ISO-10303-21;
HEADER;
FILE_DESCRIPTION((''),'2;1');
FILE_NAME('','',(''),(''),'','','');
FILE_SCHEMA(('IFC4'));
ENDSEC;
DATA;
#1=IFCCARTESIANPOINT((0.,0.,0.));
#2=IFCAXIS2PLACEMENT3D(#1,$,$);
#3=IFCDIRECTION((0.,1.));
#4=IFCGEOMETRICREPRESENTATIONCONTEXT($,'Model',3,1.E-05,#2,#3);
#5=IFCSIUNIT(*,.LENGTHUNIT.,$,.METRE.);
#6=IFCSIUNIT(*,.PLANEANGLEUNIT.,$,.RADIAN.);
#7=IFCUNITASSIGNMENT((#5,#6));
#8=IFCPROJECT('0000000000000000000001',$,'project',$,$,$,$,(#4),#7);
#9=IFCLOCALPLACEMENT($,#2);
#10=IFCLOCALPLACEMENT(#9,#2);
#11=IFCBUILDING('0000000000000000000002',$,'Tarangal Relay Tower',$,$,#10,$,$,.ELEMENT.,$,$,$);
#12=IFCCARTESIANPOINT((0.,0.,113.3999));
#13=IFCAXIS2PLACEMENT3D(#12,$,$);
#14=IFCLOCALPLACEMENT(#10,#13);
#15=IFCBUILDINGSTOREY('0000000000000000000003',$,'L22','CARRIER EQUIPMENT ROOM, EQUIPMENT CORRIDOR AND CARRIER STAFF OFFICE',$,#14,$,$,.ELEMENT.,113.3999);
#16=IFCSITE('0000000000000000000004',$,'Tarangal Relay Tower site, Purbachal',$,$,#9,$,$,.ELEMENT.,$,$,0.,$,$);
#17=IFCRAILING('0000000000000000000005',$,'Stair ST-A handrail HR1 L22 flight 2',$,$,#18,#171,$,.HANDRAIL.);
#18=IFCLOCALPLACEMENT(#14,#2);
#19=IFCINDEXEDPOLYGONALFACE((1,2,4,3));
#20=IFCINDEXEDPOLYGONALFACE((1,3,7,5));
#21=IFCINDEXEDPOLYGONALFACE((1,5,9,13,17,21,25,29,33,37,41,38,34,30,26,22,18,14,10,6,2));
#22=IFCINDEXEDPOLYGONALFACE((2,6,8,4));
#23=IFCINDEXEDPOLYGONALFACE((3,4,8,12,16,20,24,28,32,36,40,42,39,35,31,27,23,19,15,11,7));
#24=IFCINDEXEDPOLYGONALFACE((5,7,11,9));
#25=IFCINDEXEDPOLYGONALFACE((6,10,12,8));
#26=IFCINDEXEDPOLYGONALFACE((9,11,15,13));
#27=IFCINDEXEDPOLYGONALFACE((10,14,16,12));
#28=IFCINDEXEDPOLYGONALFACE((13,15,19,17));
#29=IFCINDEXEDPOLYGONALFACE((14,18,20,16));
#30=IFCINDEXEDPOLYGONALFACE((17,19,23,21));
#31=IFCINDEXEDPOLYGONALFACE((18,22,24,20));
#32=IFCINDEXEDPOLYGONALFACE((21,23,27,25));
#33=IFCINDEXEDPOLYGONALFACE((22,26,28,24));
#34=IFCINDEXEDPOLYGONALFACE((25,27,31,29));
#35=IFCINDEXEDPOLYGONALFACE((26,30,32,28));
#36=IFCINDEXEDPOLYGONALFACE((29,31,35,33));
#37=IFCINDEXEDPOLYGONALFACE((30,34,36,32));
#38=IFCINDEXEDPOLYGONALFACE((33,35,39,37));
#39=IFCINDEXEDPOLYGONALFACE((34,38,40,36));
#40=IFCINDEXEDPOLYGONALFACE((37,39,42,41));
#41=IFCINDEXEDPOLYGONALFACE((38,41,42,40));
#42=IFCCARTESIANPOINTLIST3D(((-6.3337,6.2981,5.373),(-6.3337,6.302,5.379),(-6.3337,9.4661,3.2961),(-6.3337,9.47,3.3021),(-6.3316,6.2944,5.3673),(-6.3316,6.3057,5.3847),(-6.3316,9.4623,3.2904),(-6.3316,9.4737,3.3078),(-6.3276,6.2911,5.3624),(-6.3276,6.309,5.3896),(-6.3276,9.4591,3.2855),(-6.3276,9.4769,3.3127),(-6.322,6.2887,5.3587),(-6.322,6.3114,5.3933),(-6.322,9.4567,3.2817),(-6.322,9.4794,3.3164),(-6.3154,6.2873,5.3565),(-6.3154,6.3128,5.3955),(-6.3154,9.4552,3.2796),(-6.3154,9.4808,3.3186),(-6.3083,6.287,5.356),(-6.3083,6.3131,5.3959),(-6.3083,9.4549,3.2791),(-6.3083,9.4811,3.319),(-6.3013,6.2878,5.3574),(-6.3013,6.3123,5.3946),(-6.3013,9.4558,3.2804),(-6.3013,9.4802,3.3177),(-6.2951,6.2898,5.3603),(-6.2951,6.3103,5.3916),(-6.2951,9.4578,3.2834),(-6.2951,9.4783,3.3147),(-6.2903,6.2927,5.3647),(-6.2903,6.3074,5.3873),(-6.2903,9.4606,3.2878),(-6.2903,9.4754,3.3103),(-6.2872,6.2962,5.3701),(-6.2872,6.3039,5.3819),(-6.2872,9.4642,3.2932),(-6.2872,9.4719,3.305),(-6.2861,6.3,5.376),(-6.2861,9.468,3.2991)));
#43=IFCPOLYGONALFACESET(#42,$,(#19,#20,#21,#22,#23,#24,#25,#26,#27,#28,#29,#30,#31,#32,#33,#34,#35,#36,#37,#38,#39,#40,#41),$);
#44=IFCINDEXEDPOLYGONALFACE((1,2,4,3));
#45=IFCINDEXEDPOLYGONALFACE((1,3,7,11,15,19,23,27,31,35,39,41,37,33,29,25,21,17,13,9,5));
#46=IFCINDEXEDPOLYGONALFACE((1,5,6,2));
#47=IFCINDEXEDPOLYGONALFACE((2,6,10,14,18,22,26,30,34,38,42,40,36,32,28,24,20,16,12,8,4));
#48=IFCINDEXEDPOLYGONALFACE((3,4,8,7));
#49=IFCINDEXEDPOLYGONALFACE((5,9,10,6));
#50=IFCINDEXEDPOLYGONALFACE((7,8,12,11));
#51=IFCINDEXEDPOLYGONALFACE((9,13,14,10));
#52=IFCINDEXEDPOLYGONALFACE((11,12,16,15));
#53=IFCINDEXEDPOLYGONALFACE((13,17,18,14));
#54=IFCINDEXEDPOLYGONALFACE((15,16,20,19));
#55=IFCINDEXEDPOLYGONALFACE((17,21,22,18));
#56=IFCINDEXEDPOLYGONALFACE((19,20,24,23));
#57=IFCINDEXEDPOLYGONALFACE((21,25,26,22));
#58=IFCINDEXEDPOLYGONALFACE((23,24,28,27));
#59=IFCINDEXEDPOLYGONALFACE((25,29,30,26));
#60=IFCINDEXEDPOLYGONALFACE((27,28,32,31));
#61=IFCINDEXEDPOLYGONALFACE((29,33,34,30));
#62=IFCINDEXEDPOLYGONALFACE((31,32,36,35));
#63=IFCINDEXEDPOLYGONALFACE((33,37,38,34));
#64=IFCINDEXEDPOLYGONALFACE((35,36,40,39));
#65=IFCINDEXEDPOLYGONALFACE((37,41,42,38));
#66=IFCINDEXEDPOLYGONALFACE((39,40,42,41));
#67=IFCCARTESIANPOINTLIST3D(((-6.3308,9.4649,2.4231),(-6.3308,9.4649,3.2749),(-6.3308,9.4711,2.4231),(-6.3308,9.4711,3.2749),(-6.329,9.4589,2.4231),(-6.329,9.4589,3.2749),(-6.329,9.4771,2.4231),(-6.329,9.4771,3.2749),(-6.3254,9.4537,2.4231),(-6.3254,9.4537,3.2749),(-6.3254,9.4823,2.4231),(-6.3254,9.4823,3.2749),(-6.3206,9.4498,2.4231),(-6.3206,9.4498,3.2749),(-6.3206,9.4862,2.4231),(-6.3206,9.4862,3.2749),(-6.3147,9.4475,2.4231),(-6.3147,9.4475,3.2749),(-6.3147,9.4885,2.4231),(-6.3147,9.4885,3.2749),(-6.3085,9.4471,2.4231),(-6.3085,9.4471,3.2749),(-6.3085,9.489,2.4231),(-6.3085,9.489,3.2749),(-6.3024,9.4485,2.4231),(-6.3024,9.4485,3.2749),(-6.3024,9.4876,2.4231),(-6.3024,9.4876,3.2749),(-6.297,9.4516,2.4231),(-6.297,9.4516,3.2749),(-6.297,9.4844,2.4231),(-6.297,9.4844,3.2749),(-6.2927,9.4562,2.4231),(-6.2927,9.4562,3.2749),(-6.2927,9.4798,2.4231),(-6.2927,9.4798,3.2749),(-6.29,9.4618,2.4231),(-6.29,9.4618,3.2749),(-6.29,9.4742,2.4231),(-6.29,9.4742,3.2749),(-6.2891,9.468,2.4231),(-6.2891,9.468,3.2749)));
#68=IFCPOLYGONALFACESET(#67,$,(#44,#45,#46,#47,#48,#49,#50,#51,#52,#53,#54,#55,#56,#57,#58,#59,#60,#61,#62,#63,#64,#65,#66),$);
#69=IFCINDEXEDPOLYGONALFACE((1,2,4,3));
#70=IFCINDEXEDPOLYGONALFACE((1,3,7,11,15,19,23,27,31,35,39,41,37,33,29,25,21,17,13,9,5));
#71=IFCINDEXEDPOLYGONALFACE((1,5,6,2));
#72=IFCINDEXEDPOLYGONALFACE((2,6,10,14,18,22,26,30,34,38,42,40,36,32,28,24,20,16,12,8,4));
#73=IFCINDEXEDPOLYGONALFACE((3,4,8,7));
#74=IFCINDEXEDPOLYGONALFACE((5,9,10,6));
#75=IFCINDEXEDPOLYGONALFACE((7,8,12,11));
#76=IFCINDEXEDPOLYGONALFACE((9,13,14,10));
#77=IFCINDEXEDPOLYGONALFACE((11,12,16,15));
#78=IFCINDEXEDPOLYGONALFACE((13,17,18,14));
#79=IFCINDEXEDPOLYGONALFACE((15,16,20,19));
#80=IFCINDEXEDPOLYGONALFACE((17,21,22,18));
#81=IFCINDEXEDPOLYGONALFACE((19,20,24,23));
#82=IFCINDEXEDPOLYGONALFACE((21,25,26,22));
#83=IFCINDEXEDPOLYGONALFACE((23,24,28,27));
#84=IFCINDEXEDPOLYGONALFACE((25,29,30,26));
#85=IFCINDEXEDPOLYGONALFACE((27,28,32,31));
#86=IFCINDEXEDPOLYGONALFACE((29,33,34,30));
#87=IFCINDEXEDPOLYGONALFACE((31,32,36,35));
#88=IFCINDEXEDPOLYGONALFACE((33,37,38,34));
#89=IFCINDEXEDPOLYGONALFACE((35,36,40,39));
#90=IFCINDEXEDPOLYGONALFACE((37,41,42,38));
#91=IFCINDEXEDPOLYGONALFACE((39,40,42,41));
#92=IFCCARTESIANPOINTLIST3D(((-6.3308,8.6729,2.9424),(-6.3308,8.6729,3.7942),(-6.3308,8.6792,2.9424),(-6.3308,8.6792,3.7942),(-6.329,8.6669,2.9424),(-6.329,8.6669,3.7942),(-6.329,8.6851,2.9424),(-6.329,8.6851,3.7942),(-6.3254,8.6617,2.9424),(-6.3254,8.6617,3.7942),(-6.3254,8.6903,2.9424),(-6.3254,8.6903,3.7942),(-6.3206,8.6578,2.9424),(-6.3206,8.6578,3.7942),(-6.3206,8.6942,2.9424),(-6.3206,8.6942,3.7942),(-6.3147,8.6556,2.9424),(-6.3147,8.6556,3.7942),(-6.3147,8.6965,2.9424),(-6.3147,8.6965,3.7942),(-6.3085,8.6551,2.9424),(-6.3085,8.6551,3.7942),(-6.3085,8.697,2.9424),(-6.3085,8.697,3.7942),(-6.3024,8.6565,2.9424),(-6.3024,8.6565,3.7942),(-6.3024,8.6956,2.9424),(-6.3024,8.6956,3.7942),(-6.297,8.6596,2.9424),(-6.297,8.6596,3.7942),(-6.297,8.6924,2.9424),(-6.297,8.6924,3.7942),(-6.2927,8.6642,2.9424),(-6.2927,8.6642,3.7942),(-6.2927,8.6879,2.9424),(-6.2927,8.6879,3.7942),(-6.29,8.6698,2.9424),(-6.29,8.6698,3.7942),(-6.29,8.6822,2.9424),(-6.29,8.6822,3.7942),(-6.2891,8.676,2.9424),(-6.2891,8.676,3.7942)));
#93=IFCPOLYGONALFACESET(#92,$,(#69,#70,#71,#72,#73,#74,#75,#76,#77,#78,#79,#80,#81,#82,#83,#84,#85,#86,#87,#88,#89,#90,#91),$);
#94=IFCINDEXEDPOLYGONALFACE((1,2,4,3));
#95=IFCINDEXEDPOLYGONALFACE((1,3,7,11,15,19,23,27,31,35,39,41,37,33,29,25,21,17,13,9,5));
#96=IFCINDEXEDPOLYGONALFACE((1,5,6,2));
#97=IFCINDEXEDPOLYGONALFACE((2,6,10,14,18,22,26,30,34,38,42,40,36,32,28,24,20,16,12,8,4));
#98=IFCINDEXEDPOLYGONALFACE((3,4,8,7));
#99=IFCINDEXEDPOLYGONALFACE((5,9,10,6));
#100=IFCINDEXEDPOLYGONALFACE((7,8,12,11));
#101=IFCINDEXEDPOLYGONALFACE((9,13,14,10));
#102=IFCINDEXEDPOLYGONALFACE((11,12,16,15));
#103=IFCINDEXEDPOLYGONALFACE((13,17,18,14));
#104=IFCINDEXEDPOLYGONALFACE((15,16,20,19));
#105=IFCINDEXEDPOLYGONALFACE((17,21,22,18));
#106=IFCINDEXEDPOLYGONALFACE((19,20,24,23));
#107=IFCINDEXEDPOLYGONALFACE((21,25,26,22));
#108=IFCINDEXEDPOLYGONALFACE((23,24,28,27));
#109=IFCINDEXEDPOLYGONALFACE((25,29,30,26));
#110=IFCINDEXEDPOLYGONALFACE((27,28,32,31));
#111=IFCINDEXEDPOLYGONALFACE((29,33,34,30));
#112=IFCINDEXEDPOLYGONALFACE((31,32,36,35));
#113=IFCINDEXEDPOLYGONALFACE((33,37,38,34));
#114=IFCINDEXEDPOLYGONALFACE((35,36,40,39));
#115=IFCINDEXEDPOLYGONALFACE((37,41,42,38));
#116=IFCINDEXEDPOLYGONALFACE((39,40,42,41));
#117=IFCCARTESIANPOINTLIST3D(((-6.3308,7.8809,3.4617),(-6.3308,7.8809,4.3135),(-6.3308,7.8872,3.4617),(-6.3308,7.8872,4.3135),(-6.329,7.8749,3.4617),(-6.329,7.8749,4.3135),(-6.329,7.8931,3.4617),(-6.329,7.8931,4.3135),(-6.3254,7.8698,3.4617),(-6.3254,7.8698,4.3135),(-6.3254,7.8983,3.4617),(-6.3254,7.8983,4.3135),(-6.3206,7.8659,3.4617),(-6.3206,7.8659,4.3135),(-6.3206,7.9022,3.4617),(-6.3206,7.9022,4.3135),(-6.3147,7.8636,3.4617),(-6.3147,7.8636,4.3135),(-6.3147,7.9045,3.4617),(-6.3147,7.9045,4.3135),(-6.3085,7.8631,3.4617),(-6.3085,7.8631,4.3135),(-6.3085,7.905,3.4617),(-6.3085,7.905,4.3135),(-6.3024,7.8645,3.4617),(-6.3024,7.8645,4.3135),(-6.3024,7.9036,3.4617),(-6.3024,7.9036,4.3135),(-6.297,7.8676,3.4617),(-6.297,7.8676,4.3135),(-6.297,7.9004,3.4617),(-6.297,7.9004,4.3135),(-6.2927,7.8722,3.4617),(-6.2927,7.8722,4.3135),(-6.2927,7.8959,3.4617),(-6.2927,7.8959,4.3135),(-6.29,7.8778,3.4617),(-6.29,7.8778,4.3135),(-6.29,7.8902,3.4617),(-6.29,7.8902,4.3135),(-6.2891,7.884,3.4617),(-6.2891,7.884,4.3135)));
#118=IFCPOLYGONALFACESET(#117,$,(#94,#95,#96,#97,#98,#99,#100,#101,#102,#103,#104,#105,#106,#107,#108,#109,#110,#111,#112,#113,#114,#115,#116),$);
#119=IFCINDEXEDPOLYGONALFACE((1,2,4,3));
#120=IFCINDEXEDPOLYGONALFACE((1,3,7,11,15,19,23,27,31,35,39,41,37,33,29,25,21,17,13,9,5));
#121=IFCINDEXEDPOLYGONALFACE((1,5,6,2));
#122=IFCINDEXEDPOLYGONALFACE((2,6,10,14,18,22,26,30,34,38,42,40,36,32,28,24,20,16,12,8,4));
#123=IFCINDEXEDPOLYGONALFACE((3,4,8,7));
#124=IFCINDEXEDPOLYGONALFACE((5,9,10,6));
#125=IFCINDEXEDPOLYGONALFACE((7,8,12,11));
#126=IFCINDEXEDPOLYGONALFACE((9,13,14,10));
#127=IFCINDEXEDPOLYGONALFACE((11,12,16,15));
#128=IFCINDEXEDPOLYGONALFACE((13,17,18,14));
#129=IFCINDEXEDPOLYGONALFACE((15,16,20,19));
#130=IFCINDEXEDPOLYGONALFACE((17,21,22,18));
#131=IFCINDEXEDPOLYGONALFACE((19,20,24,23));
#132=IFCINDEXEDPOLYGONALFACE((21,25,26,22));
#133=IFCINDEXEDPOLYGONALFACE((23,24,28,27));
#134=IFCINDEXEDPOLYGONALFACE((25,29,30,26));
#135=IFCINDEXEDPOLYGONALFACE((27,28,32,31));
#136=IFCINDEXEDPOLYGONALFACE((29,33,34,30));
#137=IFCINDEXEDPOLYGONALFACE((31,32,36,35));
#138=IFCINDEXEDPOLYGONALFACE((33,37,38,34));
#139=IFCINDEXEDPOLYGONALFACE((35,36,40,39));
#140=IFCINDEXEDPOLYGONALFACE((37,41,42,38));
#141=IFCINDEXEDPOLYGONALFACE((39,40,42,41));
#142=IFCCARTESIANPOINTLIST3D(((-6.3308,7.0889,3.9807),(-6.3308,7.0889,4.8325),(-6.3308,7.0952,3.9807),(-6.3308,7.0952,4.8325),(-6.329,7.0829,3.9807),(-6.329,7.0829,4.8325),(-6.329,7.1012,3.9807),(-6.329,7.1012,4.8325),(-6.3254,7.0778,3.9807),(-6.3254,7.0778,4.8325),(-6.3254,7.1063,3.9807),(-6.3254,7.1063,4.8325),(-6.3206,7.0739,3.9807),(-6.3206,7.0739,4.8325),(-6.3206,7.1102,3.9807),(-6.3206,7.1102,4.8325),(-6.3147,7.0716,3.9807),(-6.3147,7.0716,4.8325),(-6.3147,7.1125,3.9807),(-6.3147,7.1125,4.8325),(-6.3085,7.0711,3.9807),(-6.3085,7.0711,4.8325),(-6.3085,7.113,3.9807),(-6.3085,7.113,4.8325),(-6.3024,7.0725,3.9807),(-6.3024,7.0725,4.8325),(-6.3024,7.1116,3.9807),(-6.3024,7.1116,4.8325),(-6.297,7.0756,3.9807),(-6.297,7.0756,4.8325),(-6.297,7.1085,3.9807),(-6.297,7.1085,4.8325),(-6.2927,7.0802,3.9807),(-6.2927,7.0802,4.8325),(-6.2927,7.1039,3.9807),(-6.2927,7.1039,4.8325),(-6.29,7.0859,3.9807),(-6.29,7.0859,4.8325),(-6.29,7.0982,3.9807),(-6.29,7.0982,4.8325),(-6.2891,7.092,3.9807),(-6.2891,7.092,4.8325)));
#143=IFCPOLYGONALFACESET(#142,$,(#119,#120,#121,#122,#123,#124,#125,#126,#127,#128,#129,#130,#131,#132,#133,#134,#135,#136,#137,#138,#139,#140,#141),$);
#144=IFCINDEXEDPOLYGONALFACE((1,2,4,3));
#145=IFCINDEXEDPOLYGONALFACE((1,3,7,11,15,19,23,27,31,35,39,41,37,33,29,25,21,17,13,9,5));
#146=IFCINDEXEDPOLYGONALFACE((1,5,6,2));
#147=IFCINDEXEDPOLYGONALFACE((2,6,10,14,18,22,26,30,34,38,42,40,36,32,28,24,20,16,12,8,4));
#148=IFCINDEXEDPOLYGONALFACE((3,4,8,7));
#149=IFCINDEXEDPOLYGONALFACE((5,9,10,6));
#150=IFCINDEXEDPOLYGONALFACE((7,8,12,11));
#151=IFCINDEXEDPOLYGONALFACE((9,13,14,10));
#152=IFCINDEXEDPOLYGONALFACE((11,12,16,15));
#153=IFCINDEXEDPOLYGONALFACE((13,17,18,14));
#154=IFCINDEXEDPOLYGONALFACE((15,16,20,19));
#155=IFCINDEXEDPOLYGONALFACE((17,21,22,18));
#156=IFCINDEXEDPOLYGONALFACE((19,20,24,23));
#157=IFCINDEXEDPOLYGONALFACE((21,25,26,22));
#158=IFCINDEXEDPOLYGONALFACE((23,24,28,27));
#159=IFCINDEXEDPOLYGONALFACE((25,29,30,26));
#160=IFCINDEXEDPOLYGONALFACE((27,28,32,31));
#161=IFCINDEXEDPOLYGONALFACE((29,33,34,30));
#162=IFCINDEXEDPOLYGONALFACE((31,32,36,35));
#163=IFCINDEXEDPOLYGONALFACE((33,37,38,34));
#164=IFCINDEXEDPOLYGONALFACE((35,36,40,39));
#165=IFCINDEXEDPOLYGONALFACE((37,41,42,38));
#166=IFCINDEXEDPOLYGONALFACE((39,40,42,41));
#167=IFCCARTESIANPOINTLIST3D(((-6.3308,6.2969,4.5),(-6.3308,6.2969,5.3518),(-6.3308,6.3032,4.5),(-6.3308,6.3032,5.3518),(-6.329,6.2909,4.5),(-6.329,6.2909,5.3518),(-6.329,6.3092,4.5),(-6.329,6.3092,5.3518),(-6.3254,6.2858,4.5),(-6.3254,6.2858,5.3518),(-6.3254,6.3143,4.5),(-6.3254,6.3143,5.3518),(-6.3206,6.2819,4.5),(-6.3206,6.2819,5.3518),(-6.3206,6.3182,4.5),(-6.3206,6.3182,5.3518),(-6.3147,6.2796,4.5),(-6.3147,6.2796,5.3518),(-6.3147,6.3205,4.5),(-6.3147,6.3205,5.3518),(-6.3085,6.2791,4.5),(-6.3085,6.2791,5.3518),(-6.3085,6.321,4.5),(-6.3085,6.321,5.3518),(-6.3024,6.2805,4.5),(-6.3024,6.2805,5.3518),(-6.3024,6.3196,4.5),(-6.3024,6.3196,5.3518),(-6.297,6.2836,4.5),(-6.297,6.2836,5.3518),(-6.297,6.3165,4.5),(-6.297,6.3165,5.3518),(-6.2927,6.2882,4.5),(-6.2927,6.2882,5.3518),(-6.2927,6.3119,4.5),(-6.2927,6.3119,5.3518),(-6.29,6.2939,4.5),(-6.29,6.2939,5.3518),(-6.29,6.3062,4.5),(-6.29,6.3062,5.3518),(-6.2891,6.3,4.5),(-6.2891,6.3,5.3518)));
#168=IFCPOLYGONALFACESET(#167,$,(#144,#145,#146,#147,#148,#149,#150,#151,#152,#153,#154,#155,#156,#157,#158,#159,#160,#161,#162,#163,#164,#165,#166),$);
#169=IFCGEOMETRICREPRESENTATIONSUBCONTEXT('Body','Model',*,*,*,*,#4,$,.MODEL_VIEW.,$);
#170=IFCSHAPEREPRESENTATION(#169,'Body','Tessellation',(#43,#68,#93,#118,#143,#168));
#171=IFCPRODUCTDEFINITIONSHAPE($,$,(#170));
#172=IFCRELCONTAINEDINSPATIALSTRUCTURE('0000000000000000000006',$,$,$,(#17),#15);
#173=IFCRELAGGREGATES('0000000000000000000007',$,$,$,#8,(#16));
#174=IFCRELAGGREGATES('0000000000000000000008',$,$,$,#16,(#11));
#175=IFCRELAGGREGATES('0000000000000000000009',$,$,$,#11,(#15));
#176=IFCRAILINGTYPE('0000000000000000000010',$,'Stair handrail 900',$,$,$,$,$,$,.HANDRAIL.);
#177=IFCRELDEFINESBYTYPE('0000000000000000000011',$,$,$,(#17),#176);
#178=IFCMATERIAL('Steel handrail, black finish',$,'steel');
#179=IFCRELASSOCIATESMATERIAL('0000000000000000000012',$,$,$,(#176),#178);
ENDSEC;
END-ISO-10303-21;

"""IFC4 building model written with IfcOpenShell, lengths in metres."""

from ifc_helpers import new_model, si_unit, direction, frame, origin, origin_2d, place, context, subcontext, project, spatial, circle, extrude, material, type_object, element, save


model = new_model("IFC4")

# Units and contexts
model_context = context("Model", 3, precision=1e-05, world=origin(), true_north=direction((0.0, 1.0)))
body_context = subcontext(model_context, "Body", "Model", "MODEL_VIEW")
ifc_project = project(units=[si_unit("LENGTHUNIT", "METRE"), si_unit("PLANEANGLEUNIT", "RADIAN")], contexts=[model_context])

# Site, building, storey
site_placement = place(None, origin())
site = spatial("IfcSite", under=ifc_project, at=site_placement, Name="Tarangal Relay Tower site, Purbachal", CompositionType="ELEMENT", RefElevation=0.0)
building_placement = place(site_placement, origin())
building = spatial("IfcBuilding", under=site, at=building_placement, Name="Tarangal Relay Tower", CompositionType="ELEMENT")
storey_placement = place(building_placement, frame((0.0, 0.0, 113.3999)))
storey = spatial("IfcBuildingStorey", under=building, at=storey_placement, Name="L22", Description="CARRIER EQUIPMENT ROOM, EQUIPMENT CORRIDOR AND CARRIER STAFF OFFICE", CompositionType="ELEMENT", Elevation=113.3999)

# Railing
ifc_material_1 = material(Name="Steel handrail, black finish", Category="steel")
railing_type_1 = type_object("IfcRailingType", Name="Stair handrail 900", PredefinedType="HANDRAIL", material=ifc_material_1)
railing_1_placement = place(storey_placement, frame((-6.3101, 9.468, 2.4231)))
element("IfcRailing", 1, at=railing_1_placement, inside=storey, type_object=railing_type_1, Name="Stair ST-A handrail HR1 L22 flight 2", PredefinedType="HANDRAIL", context=body_context, shape_type="SweptSolid", body=[
    extrude(circle(Radius=0.0239, at=origin_2d()), frame((0.0, 0.0, 0.876), z_axis=(0.0, -0.836299, 0.548273), x_axis=(1.0, 0.0, 0.0)), (0.0, 0.0, 1.0), 3.7881),
    extrude(circle(Radius=0.021, at=origin_2d()), origin(), (0.0, 0.0, 1.0), 0.8518),
    extrude(circle(Radius=0.021, at=origin_2d()), frame((0.0, -0.792, 0.5193)), (0.0, 0.0, 1.0), 0.8518),
    extrude(circle(Radius=0.021, at=origin_2d()), frame((0.0, -1.584, 1.0386)), (0.0, 0.0, 1.0), 0.8518),
    extrude(circle(Radius=0.021, at=origin_2d()), frame((0.0, -2.376, 1.5576)), (0.0, 0.0, 1.0), 0.8518),
    extrude(circle(Radius=0.021, at=origin_2d()), frame((0.0, -3.168, 2.0769)), (0.0, 0.0, 1.0), 0.8518),
])

save(model, "model.ifc")
